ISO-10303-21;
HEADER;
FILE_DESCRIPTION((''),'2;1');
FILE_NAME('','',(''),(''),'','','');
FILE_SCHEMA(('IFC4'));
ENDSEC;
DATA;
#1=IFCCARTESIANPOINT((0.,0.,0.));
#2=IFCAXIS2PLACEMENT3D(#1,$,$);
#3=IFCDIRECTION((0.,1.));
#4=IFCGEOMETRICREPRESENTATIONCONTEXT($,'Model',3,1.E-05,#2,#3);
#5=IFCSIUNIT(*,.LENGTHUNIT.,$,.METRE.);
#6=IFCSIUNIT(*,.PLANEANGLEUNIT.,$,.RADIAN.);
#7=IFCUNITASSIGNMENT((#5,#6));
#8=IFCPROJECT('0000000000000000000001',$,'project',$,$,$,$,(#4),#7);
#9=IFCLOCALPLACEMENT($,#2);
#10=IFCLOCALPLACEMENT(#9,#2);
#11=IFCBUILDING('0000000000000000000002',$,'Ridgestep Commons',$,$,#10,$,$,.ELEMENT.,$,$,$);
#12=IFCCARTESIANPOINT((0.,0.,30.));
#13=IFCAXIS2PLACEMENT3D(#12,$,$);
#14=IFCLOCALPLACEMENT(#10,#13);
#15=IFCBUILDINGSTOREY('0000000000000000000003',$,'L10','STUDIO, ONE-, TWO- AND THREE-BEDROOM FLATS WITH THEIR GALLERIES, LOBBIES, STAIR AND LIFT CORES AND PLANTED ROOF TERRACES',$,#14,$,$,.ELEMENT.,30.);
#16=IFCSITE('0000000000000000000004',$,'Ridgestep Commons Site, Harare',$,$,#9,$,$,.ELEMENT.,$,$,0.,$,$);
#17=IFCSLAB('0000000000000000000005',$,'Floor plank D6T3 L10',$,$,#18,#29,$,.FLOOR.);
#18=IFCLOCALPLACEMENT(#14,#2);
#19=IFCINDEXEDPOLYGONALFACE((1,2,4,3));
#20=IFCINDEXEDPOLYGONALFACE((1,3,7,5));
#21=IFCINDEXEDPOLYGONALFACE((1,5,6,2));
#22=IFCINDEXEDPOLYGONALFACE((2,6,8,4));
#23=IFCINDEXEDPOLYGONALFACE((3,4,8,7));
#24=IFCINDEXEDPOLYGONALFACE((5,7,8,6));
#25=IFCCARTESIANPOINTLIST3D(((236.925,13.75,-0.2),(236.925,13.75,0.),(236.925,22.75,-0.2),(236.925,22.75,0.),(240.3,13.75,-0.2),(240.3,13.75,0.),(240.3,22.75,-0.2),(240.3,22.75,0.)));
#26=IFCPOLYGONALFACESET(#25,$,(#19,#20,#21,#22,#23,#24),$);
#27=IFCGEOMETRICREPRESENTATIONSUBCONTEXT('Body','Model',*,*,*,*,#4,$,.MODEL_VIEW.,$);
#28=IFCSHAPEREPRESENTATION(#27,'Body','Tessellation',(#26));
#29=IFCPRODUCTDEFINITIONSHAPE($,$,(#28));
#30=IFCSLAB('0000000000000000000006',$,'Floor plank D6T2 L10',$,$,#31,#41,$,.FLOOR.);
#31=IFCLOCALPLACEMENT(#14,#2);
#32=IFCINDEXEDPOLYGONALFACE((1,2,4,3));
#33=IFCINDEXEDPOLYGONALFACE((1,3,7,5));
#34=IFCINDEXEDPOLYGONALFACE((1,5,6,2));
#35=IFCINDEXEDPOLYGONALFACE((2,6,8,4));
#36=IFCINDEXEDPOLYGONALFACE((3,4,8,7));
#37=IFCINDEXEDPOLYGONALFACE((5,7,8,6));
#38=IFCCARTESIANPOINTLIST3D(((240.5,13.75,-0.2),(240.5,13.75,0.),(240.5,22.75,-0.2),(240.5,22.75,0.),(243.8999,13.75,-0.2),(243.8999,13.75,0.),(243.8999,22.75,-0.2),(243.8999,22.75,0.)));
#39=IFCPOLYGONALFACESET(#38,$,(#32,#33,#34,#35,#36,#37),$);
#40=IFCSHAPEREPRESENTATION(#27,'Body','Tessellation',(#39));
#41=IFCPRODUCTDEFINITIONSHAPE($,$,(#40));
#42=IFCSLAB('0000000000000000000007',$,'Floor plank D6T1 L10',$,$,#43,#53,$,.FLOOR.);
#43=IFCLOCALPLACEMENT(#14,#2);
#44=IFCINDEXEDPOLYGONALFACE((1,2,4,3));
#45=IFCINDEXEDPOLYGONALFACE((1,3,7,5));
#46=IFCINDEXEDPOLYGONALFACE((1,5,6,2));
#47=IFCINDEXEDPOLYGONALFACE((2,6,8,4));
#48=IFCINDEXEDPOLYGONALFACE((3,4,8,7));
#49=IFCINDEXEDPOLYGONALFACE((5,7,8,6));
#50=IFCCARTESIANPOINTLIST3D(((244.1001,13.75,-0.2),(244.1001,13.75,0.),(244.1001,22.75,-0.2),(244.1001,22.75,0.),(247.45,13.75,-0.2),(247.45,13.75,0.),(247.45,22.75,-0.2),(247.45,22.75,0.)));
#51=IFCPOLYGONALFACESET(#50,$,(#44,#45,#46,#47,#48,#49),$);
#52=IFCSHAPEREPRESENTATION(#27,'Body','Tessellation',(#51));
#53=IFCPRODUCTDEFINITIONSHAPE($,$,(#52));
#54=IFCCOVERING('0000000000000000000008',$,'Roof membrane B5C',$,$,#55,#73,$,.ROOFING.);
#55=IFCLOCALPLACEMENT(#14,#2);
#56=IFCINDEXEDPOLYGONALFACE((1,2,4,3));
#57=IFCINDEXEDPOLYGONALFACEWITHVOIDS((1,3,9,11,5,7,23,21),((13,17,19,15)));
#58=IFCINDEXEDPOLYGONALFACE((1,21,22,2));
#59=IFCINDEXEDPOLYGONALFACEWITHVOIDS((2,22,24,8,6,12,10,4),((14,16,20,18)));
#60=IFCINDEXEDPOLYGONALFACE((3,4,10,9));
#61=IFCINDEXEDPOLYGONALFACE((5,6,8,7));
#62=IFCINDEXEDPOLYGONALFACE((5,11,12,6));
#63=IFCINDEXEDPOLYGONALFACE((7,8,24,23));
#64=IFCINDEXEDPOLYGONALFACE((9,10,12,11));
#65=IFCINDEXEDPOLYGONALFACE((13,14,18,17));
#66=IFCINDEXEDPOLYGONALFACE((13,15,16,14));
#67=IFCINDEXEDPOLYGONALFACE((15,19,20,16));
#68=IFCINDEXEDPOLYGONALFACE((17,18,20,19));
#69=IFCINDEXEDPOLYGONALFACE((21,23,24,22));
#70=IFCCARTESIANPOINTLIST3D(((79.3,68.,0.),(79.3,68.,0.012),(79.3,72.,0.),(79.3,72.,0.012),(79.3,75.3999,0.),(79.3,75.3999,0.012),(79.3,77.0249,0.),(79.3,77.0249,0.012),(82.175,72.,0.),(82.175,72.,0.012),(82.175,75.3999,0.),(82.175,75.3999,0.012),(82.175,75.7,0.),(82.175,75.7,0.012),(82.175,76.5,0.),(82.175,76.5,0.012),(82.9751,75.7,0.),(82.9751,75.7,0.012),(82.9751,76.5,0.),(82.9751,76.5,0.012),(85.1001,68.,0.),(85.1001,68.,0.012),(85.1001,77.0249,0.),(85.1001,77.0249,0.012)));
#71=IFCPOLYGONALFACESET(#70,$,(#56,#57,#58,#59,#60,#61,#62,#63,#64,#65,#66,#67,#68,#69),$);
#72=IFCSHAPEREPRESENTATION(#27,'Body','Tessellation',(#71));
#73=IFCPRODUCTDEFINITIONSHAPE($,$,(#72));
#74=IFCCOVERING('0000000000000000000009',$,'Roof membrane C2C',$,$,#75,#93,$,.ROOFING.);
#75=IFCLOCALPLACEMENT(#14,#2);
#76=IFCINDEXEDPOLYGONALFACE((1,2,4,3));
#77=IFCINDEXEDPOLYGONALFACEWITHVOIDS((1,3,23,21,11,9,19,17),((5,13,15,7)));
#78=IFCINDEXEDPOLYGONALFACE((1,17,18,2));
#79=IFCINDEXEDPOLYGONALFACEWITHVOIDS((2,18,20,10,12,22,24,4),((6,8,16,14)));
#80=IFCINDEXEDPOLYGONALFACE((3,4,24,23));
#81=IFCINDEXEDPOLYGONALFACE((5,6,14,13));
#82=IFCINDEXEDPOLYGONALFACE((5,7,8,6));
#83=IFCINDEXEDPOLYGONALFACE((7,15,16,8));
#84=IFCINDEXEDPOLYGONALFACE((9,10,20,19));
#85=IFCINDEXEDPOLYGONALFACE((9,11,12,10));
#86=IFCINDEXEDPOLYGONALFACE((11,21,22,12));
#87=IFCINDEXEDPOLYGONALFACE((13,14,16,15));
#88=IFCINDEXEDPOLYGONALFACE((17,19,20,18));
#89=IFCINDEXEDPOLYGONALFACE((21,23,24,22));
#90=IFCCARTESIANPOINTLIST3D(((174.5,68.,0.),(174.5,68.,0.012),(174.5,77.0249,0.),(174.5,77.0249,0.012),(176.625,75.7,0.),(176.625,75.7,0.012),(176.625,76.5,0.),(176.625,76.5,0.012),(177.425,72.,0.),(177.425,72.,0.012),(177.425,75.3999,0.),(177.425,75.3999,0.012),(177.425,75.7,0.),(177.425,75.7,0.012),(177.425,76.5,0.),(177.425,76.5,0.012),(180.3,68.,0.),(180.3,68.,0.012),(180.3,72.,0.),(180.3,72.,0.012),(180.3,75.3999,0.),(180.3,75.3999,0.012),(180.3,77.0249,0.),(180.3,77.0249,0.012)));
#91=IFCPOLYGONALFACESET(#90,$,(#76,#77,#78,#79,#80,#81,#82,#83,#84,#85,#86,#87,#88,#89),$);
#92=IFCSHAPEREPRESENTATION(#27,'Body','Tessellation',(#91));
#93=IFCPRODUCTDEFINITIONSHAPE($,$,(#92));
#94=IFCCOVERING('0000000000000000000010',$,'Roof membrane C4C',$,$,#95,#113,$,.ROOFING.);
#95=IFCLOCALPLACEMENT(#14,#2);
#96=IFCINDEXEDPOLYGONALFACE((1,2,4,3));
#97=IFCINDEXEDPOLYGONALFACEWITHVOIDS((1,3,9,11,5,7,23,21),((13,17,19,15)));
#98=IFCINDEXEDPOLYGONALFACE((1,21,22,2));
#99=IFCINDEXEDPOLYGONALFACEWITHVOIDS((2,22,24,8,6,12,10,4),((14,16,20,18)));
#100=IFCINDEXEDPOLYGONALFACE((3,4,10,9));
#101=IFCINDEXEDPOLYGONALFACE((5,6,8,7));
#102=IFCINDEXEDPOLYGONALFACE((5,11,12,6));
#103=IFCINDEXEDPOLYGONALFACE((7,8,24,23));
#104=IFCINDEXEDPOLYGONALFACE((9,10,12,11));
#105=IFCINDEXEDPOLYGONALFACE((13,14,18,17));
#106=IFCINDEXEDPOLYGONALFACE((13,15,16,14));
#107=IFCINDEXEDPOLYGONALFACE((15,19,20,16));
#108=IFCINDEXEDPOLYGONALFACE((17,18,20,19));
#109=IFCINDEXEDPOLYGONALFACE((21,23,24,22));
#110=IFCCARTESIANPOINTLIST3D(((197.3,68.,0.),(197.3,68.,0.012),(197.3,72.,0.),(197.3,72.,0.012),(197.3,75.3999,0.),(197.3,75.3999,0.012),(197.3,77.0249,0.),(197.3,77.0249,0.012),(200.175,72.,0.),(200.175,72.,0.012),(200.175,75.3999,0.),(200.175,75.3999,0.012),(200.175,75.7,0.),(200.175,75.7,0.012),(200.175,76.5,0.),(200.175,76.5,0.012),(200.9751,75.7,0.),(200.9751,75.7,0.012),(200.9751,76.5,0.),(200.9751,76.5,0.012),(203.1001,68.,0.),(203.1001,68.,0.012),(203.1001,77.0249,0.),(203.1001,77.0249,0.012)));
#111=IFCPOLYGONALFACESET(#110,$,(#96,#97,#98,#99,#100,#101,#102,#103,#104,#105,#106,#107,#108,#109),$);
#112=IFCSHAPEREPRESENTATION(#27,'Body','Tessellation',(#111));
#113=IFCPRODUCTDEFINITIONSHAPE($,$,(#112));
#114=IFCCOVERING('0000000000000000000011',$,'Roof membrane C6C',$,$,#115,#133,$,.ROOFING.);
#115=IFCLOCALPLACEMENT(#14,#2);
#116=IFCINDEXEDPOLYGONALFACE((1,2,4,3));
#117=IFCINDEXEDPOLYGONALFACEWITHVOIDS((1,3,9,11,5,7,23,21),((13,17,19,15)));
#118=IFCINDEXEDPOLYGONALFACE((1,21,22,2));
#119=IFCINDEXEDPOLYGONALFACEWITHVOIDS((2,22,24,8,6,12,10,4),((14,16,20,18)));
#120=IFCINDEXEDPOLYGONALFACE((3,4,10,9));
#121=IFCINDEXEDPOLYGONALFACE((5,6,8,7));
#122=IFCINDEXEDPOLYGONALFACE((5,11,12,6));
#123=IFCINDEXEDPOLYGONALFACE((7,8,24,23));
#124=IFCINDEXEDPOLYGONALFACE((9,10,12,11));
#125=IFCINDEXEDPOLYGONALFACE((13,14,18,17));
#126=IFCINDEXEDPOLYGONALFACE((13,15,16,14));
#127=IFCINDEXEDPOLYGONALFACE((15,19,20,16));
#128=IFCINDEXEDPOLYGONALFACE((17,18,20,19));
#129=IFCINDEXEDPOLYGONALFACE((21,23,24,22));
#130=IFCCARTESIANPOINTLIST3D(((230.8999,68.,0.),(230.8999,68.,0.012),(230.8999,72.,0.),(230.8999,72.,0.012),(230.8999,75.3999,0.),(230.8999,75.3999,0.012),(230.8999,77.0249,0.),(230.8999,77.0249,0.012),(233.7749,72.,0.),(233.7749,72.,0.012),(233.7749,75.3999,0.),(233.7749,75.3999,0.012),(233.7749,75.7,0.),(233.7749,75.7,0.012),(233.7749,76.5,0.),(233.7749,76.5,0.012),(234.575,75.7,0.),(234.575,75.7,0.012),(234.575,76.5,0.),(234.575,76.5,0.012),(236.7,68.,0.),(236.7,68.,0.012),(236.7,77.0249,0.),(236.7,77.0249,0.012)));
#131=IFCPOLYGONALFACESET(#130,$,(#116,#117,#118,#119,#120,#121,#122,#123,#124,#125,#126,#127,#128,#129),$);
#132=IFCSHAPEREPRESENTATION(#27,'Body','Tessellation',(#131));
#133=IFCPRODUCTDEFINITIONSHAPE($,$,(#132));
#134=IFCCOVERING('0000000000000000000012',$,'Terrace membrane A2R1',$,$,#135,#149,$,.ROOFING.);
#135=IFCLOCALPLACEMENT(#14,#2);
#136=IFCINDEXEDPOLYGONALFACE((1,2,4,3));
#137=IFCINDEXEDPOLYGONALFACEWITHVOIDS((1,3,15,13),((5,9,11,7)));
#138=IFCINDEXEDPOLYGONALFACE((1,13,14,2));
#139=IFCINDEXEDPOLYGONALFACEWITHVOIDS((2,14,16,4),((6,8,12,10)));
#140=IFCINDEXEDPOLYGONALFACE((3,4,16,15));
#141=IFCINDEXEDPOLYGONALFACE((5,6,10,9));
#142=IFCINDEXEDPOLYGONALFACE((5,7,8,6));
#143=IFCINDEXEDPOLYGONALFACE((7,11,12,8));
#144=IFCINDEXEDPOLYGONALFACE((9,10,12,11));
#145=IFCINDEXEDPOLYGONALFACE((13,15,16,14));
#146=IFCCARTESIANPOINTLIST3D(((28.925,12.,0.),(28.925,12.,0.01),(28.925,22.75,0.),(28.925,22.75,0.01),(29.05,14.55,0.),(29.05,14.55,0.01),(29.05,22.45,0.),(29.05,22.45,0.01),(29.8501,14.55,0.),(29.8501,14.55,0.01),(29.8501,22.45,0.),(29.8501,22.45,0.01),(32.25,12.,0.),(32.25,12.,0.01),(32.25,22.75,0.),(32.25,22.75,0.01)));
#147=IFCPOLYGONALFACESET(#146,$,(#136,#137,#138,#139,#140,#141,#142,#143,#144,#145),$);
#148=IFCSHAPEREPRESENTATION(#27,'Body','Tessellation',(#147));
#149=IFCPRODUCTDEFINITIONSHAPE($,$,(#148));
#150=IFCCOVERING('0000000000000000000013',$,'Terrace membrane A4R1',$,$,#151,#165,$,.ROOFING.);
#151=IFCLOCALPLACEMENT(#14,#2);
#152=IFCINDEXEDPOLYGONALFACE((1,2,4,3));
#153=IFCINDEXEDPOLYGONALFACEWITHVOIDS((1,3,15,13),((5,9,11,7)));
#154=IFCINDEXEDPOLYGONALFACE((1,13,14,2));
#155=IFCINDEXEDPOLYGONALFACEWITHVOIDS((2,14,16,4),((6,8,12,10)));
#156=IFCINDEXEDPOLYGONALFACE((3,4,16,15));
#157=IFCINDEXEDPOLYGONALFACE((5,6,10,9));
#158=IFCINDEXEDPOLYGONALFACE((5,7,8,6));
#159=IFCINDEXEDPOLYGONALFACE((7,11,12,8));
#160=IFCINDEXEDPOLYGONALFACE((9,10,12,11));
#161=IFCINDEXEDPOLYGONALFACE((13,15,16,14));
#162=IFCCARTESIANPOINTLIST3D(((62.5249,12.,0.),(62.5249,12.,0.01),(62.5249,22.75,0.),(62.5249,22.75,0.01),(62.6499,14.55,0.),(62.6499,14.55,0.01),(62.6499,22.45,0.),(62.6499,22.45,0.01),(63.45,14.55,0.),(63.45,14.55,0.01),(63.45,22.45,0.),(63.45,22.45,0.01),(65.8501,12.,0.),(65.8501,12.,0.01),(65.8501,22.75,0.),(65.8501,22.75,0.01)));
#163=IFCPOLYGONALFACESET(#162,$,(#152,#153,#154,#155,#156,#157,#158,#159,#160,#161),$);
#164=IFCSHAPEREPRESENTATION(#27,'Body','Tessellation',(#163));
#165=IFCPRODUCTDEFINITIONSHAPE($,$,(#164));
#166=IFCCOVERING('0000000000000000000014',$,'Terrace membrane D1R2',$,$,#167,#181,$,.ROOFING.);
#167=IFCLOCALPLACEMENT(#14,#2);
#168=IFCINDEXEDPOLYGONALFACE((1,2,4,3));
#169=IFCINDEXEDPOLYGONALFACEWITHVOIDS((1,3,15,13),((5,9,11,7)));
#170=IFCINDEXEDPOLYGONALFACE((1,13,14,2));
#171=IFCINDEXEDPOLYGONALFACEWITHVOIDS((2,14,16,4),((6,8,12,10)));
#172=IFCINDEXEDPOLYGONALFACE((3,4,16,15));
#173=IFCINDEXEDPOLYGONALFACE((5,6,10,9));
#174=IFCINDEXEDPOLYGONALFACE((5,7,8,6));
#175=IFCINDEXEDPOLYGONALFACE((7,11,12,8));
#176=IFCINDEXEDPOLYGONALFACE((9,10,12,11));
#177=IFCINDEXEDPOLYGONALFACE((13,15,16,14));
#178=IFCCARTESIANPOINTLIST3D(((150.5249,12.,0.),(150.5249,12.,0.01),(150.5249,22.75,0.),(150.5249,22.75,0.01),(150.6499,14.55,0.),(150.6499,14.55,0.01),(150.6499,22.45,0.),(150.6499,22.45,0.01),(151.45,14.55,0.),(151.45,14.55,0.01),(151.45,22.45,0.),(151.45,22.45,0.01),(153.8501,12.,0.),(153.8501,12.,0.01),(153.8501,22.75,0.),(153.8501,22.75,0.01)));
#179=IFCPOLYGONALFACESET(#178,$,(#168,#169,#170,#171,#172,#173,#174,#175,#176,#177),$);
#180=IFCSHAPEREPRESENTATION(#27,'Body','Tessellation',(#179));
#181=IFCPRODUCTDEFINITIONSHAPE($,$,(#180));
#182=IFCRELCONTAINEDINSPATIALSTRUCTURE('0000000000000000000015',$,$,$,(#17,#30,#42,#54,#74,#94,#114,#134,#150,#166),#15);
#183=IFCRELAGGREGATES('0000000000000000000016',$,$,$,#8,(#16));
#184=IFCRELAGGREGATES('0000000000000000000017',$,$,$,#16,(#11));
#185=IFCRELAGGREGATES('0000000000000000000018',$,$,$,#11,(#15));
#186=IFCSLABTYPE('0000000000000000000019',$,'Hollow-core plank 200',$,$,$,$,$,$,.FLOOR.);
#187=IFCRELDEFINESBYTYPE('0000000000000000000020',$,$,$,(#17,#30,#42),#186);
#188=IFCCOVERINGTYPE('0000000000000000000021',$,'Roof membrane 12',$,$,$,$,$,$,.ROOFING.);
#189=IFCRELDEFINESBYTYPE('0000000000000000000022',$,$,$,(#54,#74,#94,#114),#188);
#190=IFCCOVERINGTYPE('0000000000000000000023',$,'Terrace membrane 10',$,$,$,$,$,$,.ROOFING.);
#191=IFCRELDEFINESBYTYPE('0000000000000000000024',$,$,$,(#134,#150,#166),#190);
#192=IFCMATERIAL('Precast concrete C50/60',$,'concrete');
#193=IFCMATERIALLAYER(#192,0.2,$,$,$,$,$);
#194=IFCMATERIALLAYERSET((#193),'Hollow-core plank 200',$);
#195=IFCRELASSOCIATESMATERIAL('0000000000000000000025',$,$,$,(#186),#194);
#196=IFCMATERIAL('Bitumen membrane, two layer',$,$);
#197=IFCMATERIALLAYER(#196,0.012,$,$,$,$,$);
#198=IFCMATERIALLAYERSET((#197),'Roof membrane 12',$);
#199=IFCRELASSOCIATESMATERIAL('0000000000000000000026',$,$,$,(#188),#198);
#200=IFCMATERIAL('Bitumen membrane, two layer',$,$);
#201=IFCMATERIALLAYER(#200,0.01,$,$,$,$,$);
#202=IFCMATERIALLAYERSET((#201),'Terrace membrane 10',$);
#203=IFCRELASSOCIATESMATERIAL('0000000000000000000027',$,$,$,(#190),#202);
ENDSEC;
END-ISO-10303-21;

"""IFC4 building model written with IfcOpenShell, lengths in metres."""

from ifc_helpers import new_model, si_unit, direction, frame, origin, place, context, subcontext, project, spatial, polyline, outline, extrude, material, layer, layer_set, type_object, element, save


model = new_model("IFC4")

# Units and contexts
model_context = context("Model", 3, precision=1e-05, world=origin(), true_north=direction((0.0, 1.0)))
body_context = subcontext(model_context, "Body", "Model", "MODEL_VIEW")
ifc_project = project(units=[si_unit("LENGTHUNIT", "METRE"), si_unit("PLANEANGLEUNIT", "RADIAN")], contexts=[model_context])

# Site, building, storey
site_placement = place(None, origin())
site = spatial("IfcSite", under=ifc_project, at=site_placement, Name="Ridgestep Commons Site, Harare", CompositionType="ELEMENT", RefElevation=0.0)
building_placement = place(site_placement, origin())
building = spatial("IfcBuilding", under=site, at=building_placement, Name="Ridgestep Commons", CompositionType="ELEMENT")
storey_placement = place(building_placement, frame((0.0, 0.0, 30.0)))
storey = spatial("IfcBuildingStorey", under=building, at=storey_placement, Name="L10", Description="STUDIO, ONE-, TWO- AND THREE-BEDROOM FLATS WITH THEIR GALLERIES, LOBBIES, STAIR AND LIFT CORES AND PLANTED ROOF TERRACES", CompositionType="ELEMENT", Elevation=30.0)

# Slabs
ifc_material_1 = material(Name="Precast concrete C50/60", Category="concrete")
ifc_layer_1 = layer(ifc_material_1, 0.2)
ifc_layer_set_1 = layer_set([ifc_layer_1], Name="Hollow-core plank 200")
slab_type_1 = type_object("IfcSlabType", Name="Hollow-core plank 200", PredefinedType="FLOOR", material=ifc_layer_set_1)
slab_1_placement = place(storey_placement, frame((0.0, 0.0, -0.2)))
element("IfcSlab", 1, at=slab_1_placement, inside=storey, type_object=slab_type_1, Name="Floor plank D6T3 L10", PredefinedType="FLOOR", context=body_context, shape_type="SweptSolid", body=[
    extrude(outline(polyline([(240.3, 13.75), (240.3, 22.75), (236.925, 22.75), (236.925, 13.75), (240.3, 13.75)])), origin(), (0.0, 0.0, 1.0), 0.2),
])
slab_2_placement = place(storey_placement, frame((0.0, 0.0, -0.2)))
element("IfcSlab", 2, at=slab_2_placement, inside=storey, type_object=slab_type_1, Name="Floor plank D6T2 L10", PredefinedType="FLOOR", context=body_context, shape_type="SweptSolid", body=[
    extrude(outline(polyline([(243.8999, 13.75), (243.8999, 22.75), (240.5, 22.75), (240.5, 13.75), (243.8999, 13.75)])), origin(), (0.0, 0.0, 1.0), 0.2),
])
slab_3_placement = place(storey_placement, frame((0.0, 0.0, -0.2)))
element("IfcSlab", 3, at=slab_3_placement, inside=storey, type_object=slab_type_1, Name="Floor plank D6T1 L10", PredefinedType="FLOOR", context=body_context, shape_type="SweptSolid", body=[
    extrude(outline(polyline([(247.45, 13.75), (247.45, 22.75), (244.1001, 22.75), (244.1001, 13.75), (247.45, 13.75)])), origin(), (0.0, 0.0, 1.0), 0.2),
])

# Coverings
ifc_material_2 = material(Name="Bitumen membrane, two layer")
ifc_layer_2 = layer(ifc_material_2, 0.012)
ifc_layer_set_2 = layer_set([ifc_layer_2], Name="Roof membrane 12")
covering_type_1 = type_object("IfcCoveringType", Name="Roof membrane 12", PredefinedType="ROOFING", material=ifc_layer_set_2)
covering_1_placement = place(storey_placement, origin())
element("IfcCovering", 4, at=covering_1_placement, inside=storey, type_object=covering_type_1, Name="Roof membrane B5C", PredefinedType="ROOFING", context=body_context, shape_type="SweptSolid", body=[
    extrude(outline(polyline([(85.1001, 77.0249), (85.1001, 68.0), (79.3, 68.0), (79.3, 72.0), (82.175, 72.0), (82.175, 75.3999), (79.3, 75.3999), (79.3, 77.0249), (85.1001, 77.0249)]), holes=[polyline([(82.9751, 76.5), (82.175, 76.5), (82.175, 75.7), (82.9751, 75.7), (82.9751, 76.5)])]), origin(), (0.0, 0.0, 1.0), 0.012),
])
covering_2_placement = place(storey_placement, origin())
element("IfcCovering", 5, at=covering_2_placement, inside=storey, type_object=covering_type_1, Name="Roof membrane C2C", PredefinedType="ROOFING", context=body_context, shape_type="SweptSolid", body=[
    extrude(outline(polyline([(174.5, 68.0), (174.5, 77.0249), (180.3, 77.0249), (180.3, 75.3999), (177.425, 75.3999), (177.425, 72.0), (180.3, 72.0), (180.3, 68.0), (174.5, 68.0)]), holes=[polyline([(177.425, 76.5), (176.625, 76.5), (176.625, 75.7), (177.425, 75.7), (177.425, 76.5)])]), origin(), (0.0, 0.0, 1.0), 0.012),
])
covering_3_placement = place(storey_placement, origin())
element("IfcCovering", 6, at=covering_3_placement, inside=storey, type_object=covering_type_1, Name="Roof membrane C4C", PredefinedType="ROOFING", context=body_context, shape_type="SweptSolid", body=[
    extrude(outline(polyline([(203.1001, 77.0249), (203.1001, 68.0), (197.3, 68.0), (197.3, 72.0), (200.175, 72.0), (200.175, 75.3999), (197.3, 75.3999), (197.3, 77.0249), (203.1001, 77.0249)]), holes=[polyline([(200.9751, 76.5), (200.175, 76.5), (200.175, 75.7), (200.9751, 75.7), (200.9751, 76.5)])]), origin(), (0.0, 0.0, 1.0), 0.012),
])
covering_4_placement = place(storey_placement, origin())
element("IfcCovering", 7, at=covering_4_placement, inside=storey, type_object=covering_type_1, Name="Roof membrane C6C", PredefinedType="ROOFING", context=body_context, shape_type="SweptSolid", body=[
    extrude(outline(polyline([(236.7, 77.0249), (236.7, 68.0), (230.8999, 68.0), (230.8999, 72.0), (233.7749, 72.0), (233.7749, 75.3999), (230.8999, 75.3999), (230.8999, 77.0249), (236.7, 77.0249)]), holes=[polyline([(234.575, 76.5), (233.7749, 76.5), (233.7749, 75.7), (234.575, 75.7), (234.575, 76.5)])]), origin(), (0.0, 0.0, 1.0), 0.012),
])
ifc_material_3 = material(Name="Bitumen membrane, two layer")
ifc_layer_3 = layer(ifc_material_3, 0.01)
ifc_layer_set_3 = layer_set([ifc_layer_3], Name="Terrace membrane 10")
covering_type_2 = type_object("IfcCoveringType", Name="Terrace membrane 10", PredefinedType="ROOFING", material=ifc_layer_set_3)
covering_5_placement = place(storey_placement, origin())
element("IfcCovering", 8, at=covering_5_placement, inside=storey, type_object=covering_type_2, Name="Terrace membrane A2R1", PredefinedType="ROOFING", context=body_context, shape_type="SweptSolid", body=[
    extrude(outline(polyline([(32.25, 12.0), (32.25, 22.75), (28.925, 22.75), (28.925, 12.0), (32.25, 12.0)]), holes=[polyline([(29.8501, 14.55), (29.8501, 22.45), (29.05, 22.45), (29.05, 14.55), (29.8501, 14.55)])]), origin(), (0.0, 0.0, 1.0), 0.01),
])
covering_6_placement = place(storey_placement, origin())
element("IfcCovering", 9, at=covering_6_placement, inside=storey, type_object=covering_type_2, Name="Terrace membrane A4R1", PredefinedType="ROOFING", context=body_context, shape_type="SweptSolid", body=[
    extrude(outline(polyline([(65.8501, 12.0), (65.8501, 22.75), (62.5249, 22.75), (62.5249, 12.0), (65.8501, 12.0)]), holes=[polyline([(63.45, 14.55), (63.45, 22.45), (62.6499, 22.45), (62.6499, 14.55), (63.45, 14.55)])]), origin(), (0.0, 0.0, 1.0), 0.01),
])
covering_7_placement = place(storey_placement, origin())
element("IfcCovering", 10, at=covering_7_placement, inside=storey, type_object=covering_type_2, Name="Terrace membrane D1R2", PredefinedType="ROOFING", context=body_context, shape_type="SweptSolid", body=[
    extrude(outline(polyline([(153.8501, 12.0), (153.8501, 22.75), (150.5249, 22.75), (150.5249, 12.0), (153.8501, 12.0)]), holes=[polyline([(151.45, 14.55), (151.45, 22.45), (150.6499, 22.45), (150.6499, 14.55), (151.45, 14.55)])]), origin(), (0.0, 0.0, 1.0), 0.01),
])

save(model, "model.ifc")
